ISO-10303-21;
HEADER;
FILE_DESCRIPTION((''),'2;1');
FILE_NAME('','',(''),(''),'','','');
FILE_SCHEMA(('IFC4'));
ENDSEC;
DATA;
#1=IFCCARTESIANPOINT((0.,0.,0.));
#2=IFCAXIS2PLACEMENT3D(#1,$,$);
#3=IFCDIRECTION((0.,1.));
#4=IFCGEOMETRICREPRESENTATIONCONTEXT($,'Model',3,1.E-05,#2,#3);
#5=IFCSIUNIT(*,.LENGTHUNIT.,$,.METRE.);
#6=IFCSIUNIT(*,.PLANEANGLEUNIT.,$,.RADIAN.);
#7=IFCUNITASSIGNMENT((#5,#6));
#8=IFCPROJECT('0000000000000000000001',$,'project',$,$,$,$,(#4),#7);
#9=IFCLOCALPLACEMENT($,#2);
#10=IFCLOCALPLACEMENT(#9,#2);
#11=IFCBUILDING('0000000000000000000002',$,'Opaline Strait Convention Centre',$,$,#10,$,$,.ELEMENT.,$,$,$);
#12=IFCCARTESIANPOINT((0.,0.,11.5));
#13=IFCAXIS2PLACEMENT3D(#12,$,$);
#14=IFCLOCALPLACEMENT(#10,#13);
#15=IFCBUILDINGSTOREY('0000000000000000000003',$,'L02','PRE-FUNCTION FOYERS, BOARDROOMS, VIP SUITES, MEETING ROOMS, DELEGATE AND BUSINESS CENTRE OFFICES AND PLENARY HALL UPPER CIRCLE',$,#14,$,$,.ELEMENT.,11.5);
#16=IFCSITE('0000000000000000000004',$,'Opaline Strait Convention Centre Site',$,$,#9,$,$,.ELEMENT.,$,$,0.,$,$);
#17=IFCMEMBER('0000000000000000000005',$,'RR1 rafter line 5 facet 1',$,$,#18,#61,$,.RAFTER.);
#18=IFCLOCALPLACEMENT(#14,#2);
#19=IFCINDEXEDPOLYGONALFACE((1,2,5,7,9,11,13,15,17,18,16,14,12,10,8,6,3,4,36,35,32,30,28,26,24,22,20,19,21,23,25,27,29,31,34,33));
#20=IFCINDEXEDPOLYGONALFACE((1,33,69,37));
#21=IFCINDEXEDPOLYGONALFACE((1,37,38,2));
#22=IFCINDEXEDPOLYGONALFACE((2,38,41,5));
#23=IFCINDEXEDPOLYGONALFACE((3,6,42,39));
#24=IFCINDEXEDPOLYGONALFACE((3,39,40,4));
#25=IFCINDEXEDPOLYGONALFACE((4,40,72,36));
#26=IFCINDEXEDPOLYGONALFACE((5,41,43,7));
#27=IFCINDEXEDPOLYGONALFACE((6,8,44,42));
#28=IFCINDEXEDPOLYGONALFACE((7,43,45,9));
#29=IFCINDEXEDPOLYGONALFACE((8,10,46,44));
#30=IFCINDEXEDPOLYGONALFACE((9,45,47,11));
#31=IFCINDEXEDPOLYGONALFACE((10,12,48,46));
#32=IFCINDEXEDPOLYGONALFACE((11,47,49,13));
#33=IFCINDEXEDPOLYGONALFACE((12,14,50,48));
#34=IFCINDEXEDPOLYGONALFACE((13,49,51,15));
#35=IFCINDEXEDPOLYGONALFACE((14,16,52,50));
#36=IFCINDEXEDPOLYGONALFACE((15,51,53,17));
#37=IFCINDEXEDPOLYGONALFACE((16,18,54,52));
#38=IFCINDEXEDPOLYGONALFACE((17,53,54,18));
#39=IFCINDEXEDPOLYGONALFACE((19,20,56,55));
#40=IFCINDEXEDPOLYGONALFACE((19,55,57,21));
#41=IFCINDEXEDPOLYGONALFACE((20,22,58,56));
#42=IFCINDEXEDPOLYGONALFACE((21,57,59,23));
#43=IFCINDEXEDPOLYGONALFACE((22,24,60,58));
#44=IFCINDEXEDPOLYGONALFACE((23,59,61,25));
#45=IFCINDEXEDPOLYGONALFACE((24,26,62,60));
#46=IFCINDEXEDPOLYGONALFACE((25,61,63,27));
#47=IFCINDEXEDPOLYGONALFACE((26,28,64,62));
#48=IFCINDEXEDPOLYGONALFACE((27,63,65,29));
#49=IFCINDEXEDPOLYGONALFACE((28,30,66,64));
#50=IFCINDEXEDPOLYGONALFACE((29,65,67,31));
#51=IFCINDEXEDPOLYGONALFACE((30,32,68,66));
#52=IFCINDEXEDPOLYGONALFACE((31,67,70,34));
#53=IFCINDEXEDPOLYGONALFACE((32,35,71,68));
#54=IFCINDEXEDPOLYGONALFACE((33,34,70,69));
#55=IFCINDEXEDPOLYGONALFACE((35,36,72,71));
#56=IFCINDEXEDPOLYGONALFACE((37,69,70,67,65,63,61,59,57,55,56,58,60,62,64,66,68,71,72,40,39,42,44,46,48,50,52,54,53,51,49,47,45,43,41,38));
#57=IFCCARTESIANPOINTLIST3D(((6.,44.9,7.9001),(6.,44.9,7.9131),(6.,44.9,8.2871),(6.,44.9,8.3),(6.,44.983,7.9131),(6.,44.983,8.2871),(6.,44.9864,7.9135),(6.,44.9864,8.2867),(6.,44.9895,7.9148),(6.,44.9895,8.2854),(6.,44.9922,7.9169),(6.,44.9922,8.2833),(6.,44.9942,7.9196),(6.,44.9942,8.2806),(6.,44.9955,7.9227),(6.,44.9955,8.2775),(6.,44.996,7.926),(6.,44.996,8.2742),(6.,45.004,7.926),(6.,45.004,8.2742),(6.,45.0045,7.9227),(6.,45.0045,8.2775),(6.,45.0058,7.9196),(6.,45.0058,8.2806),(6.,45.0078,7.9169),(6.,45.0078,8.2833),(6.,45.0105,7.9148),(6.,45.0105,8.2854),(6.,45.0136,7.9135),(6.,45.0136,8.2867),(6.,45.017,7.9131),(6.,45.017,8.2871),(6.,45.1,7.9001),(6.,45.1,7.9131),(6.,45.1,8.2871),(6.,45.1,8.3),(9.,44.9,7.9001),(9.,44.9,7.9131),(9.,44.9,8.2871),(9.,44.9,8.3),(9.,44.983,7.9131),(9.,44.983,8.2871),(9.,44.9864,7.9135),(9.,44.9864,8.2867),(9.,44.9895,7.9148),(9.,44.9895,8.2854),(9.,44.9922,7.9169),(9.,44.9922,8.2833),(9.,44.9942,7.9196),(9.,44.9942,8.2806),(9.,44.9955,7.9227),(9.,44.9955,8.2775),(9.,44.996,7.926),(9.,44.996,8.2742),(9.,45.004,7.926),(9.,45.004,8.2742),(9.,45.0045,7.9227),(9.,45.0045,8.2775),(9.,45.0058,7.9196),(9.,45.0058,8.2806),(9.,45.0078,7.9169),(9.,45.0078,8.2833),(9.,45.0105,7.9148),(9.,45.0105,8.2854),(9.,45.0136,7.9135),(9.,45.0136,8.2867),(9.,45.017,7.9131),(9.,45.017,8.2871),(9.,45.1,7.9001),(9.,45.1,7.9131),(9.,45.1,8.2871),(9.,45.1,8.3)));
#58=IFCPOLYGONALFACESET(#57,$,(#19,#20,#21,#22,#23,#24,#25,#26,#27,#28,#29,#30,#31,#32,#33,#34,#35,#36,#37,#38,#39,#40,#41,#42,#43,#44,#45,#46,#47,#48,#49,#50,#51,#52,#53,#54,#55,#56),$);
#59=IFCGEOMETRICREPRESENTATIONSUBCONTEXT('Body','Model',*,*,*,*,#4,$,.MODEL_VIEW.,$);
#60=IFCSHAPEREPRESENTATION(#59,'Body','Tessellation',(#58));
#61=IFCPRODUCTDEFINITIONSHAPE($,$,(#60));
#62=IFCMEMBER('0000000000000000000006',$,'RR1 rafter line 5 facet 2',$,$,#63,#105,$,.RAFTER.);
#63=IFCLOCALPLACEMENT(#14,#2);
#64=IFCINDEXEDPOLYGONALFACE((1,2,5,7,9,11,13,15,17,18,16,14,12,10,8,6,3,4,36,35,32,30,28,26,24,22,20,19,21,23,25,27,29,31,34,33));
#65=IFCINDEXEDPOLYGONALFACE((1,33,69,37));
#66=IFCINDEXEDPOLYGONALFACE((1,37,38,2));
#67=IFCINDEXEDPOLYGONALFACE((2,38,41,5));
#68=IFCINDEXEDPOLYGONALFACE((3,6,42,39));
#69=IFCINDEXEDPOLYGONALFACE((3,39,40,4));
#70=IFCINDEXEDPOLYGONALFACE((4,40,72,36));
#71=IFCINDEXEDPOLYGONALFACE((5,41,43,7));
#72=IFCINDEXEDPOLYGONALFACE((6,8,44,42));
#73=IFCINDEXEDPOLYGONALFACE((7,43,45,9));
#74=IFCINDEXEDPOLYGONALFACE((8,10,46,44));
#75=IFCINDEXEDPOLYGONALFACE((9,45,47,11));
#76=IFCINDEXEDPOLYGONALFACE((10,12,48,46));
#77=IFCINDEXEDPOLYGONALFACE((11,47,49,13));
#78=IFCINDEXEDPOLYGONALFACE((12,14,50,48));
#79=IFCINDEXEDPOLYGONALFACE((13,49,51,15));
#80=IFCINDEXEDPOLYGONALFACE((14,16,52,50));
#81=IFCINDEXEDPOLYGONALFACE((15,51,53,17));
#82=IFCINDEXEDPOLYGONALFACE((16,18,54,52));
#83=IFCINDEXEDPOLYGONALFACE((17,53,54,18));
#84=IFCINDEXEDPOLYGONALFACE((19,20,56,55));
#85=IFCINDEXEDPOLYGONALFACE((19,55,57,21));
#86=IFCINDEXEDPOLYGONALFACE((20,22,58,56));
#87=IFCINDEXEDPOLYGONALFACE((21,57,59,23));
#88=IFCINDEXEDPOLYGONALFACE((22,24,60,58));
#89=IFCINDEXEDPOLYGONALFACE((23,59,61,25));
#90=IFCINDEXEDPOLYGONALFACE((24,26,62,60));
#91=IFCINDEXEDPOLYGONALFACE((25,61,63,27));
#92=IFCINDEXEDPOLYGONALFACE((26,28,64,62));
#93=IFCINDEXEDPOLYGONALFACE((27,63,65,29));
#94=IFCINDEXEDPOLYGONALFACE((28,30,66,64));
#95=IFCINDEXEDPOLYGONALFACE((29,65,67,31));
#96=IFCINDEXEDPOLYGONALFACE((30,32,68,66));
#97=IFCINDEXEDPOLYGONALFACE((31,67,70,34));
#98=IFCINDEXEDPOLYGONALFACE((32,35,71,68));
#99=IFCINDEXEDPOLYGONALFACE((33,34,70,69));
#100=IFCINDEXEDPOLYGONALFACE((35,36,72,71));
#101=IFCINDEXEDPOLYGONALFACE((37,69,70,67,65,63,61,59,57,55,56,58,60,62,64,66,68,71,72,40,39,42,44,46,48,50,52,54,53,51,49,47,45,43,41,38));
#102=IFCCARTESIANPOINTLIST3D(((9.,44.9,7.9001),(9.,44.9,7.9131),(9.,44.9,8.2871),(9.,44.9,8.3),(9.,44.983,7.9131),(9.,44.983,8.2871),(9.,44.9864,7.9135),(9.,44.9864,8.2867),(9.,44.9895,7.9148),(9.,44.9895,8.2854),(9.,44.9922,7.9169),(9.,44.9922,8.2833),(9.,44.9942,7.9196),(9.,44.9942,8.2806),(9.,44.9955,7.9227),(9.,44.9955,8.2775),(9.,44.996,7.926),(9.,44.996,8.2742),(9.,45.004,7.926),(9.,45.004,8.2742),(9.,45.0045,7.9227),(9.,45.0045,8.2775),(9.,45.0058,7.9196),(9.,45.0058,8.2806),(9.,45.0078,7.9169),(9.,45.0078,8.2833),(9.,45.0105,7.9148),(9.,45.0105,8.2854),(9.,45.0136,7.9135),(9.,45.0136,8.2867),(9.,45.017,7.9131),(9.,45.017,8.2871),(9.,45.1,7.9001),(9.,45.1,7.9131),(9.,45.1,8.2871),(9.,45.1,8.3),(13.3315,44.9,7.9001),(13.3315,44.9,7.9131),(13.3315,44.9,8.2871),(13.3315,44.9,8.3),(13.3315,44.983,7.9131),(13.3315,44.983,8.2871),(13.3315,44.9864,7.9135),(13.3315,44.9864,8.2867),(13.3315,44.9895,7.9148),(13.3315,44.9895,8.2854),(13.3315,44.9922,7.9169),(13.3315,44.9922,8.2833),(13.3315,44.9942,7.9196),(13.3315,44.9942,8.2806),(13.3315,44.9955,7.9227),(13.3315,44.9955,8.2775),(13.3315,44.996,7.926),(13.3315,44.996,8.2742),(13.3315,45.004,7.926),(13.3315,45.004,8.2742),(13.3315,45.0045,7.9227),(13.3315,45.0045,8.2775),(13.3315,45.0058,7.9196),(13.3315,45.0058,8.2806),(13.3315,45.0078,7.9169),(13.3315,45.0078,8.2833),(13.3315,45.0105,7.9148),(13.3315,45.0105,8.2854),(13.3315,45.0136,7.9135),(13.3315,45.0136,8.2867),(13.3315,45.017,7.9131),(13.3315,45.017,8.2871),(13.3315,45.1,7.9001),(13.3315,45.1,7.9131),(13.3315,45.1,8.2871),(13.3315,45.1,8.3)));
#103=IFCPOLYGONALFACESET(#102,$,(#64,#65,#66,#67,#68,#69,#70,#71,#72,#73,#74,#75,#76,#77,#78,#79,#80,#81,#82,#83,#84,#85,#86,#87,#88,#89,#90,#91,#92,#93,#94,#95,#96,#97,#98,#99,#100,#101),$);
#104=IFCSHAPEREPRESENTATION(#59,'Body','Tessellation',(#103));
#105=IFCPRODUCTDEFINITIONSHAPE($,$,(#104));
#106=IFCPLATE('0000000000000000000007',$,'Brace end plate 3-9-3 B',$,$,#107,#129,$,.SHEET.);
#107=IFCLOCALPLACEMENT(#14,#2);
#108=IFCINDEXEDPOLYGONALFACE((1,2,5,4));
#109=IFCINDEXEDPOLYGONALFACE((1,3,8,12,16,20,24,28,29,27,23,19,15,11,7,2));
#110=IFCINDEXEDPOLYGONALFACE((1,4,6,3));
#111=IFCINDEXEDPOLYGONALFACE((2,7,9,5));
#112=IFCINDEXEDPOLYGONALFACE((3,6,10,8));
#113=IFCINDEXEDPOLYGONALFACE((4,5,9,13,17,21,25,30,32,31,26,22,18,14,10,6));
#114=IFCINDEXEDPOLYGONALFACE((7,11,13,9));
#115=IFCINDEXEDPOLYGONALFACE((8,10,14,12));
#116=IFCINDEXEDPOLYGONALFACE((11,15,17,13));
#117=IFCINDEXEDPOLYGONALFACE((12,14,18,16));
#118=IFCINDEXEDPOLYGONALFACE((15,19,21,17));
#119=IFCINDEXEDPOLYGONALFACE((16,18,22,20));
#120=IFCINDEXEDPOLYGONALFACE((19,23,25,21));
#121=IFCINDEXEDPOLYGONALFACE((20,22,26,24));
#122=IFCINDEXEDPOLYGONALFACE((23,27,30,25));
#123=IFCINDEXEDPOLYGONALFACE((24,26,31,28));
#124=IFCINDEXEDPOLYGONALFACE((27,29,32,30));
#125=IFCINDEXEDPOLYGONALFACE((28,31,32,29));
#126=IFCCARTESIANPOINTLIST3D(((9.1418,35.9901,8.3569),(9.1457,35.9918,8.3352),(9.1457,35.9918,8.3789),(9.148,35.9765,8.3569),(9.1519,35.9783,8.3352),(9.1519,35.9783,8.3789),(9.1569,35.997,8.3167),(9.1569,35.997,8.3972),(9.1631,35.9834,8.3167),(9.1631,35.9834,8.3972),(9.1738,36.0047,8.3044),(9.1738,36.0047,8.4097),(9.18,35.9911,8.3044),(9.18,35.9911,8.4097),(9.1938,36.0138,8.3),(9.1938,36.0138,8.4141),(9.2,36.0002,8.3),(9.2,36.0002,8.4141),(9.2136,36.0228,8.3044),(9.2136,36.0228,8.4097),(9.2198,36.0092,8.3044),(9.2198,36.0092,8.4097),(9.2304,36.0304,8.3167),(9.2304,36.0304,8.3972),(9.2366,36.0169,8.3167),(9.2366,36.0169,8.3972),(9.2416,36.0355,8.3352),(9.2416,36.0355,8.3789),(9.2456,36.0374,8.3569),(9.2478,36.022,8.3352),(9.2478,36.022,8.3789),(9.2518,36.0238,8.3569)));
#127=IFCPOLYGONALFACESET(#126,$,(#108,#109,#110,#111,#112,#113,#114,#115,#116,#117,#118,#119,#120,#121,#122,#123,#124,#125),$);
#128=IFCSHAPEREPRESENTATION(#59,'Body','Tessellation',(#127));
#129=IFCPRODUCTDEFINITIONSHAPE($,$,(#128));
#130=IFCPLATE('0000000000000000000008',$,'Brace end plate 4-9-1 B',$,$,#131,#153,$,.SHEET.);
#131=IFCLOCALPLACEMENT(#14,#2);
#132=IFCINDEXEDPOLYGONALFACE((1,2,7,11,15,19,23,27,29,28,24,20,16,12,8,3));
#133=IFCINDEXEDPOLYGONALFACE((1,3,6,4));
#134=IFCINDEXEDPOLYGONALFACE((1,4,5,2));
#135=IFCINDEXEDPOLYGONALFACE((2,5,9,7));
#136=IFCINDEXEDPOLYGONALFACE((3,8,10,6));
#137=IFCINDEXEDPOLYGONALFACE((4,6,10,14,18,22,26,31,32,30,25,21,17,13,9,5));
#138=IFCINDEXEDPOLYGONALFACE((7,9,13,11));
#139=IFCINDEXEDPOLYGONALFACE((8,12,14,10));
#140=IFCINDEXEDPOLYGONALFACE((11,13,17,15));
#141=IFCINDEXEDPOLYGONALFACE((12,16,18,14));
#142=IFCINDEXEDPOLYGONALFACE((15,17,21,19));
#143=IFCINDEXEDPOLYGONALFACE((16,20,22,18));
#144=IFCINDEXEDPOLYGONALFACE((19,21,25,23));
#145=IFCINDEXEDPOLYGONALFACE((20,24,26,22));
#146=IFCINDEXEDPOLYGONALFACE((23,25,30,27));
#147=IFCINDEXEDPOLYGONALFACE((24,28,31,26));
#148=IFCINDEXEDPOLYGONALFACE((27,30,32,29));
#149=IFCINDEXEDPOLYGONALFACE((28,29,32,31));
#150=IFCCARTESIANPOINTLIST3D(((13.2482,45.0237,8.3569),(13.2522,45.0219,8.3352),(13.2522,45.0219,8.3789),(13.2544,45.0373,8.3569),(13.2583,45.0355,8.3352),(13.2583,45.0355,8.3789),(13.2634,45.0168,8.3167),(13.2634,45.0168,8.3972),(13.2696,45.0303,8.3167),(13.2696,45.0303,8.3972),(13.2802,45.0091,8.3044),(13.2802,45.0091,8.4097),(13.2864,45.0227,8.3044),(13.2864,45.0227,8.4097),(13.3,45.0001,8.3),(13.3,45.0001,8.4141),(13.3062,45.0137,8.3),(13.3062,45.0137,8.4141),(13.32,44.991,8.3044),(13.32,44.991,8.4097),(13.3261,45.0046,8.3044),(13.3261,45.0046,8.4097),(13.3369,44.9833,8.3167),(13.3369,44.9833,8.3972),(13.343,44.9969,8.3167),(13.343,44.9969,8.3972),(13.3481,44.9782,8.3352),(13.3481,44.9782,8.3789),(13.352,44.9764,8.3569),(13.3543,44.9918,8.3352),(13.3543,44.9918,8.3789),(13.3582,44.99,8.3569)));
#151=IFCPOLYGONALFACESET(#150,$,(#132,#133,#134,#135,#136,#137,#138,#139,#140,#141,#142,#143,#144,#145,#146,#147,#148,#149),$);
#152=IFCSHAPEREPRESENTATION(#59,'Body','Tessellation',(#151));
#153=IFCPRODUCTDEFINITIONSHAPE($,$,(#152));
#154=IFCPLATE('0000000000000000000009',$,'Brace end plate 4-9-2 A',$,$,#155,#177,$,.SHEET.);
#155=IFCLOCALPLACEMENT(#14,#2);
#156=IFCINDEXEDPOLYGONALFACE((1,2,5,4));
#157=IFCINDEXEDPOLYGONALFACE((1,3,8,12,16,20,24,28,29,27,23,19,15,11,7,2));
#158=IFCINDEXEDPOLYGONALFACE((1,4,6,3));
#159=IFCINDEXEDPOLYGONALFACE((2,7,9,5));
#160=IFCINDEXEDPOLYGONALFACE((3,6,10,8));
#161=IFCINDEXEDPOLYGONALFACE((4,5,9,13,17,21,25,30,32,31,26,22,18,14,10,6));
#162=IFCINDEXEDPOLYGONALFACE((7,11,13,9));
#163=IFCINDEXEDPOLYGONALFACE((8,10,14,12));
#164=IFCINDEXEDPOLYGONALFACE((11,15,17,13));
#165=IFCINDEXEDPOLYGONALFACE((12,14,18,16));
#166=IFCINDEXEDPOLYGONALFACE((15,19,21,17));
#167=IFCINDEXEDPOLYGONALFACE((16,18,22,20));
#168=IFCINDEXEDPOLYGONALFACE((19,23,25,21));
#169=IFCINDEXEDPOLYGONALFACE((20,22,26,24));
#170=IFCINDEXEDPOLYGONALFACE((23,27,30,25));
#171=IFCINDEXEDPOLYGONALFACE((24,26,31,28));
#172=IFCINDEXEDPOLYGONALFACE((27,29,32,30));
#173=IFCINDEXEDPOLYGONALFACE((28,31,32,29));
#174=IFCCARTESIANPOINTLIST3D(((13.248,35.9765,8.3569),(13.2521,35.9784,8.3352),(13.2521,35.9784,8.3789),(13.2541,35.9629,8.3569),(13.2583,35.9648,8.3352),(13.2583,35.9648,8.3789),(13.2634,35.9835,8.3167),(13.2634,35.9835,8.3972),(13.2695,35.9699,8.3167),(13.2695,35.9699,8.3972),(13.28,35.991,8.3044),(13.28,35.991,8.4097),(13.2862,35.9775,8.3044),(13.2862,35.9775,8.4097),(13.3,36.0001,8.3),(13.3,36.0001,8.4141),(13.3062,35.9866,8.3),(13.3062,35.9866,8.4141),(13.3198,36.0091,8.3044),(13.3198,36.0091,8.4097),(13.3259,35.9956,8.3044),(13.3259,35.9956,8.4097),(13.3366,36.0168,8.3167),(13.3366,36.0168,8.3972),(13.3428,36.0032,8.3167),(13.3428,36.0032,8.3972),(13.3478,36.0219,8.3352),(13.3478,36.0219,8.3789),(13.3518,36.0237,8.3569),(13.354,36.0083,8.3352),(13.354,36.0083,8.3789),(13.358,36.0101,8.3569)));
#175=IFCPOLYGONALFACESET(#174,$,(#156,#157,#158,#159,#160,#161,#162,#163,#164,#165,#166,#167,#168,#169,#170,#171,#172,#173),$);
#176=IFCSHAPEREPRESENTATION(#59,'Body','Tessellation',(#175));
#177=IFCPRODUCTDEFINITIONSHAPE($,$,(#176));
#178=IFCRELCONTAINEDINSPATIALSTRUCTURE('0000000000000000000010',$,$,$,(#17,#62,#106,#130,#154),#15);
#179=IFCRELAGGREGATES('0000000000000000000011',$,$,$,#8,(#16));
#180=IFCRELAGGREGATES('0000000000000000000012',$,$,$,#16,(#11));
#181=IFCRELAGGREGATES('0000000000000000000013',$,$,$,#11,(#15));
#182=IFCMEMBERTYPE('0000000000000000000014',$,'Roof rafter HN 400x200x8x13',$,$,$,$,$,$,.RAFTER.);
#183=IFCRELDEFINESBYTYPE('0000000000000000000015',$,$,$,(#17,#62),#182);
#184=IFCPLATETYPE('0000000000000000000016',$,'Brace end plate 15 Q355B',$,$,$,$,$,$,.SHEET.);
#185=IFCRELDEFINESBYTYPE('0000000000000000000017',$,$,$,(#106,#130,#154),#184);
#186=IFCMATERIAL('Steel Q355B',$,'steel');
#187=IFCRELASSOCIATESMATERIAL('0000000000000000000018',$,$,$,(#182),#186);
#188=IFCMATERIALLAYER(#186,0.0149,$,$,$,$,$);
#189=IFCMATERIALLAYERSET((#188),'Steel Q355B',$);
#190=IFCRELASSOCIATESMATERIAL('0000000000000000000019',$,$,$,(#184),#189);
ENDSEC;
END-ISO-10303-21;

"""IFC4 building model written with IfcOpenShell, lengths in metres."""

from ifc_helpers import new_model, si_unit, direction, frame, origin, origin_2d, place, context, subcontext, project, spatial, polyline, i_section, outline, extrude, material, layer, layer_set, material_profile, profile_set, type_object, element, save


model = new_model("IFC4")

# Units and contexts
model_context = context("Model", 3, precision=1e-05, world=origin(), true_north=direction((0.0, 1.0)))
body_context = subcontext(model_context, "Body", "Model", "MODEL_VIEW")
ifc_project = project(units=[si_unit("LENGTHUNIT", "METRE"), si_unit("PLANEANGLEUNIT", "RADIAN")], contexts=[model_context])

# Site, building, storey
site_placement = place(None, origin())
site = spatial("IfcSite", under=ifc_project, at=site_placement, Name="Opaline Strait Convention Centre Site", CompositionType="ELEMENT", RefElevation=0.0)
building_placement = place(site_placement, origin())
building = spatial("IfcBuilding", under=site, at=building_placement, Name="Opaline Strait Convention Centre", CompositionType="ELEMENT")
storey_placement = place(building_placement, frame((0.0, 0.0, 11.5)))
storey = spatial("IfcBuildingStorey", under=building, at=storey_placement, Name="L02", Description="PRE-FUNCTION FOYERS, BOARDROOMS, VIP SUITES, MEETING ROOMS, DELEGATE AND BUSINESS CENTRE OFFICES AND PLENARY HALL UPPER CIRCLE", CompositionType="ELEMENT", Elevation=11.5)

# Shared definitions
ifc_material_1 = material(Name="Steel Q355B", Category="steel")

# Members
ifc_material_profile_1 = material_profile(ifc_material_1, i_section(OverallWidth=0.2, OverallDepth=0.3999, WebThickness=0.0081, FlangeThickness=0.0129, FilletRadius=0.0129, at=origin_2d()), Name="HN 400x200x8x13")
ifc_profile_set_1 = profile_set([ifc_material_profile_1], Name="Steel Q355B")
member_type_1 = type_object("IfcMemberType", Name="Roof rafter HN 400x200x8x13", PredefinedType="RAFTER", material=ifc_profile_set_1)
member_1_placement = place(storey_placement, frame((6.0, 45.0, 8.1001), z_axis=(1.0, 0.0, 0.0), x_axis=(0.0, 1.0, 0.0)))
element("IfcMember", 1, at=member_1_placement, inside=storey, type_object=member_type_1, Name="RR1 rafter line 5 facet 1", PredefinedType="RAFTER", context=body_context, shape_type="SweptSolid", body=[
    extrude(i_section(OverallWidth=0.2, OverallDepth=0.3999, WebThickness=0.0081, FlangeThickness=0.0129, FilletRadius=0.0129, at=origin_2d()), origin(), (0.0, 0.0, 1.0), 3.0),
])
member_2_placement = place(storey_placement, frame((9.0, 45.0, 8.1001), z_axis=(1.0, 0.0, 0.0), x_axis=(0.0, 1.0, 0.0)))
element("IfcMember", 2, at=member_2_placement, inside=storey, type_object=member_type_1, Name="RR1 rafter line 5 facet 2", PredefinedType="RAFTER", context=body_context, shape_type="SweptSolid", body=[
    extrude(i_section(OverallWidth=0.2, OverallDepth=0.3999, WebThickness=0.0081, FlangeThickness=0.0129, FilletRadius=0.0129, at=origin_2d()), origin(), (0.0, 0.0, 1.0), 4.3315),
])

# Plates
ifc_layer_1 = layer(ifc_material_1, 0.0149)
ifc_layer_set_1 = layer_set([ifc_layer_1], Name="Steel Q355B")
plate_type = type_object("IfcPlateType", Name="Brace end plate 15 Q355B", PredefinedType="SHEET", material=ifc_layer_set_1)
plate_1_placement = place(storey_placement, frame((9.2456, 36.0374, 8.3569), z_axis=(-0.414547, 0.910028, 0.0), x_axis=(-0.179212, -0.081637, -0.980418)))
element("IfcPlate", 3, at=plate_1_placement, inside=storey, type_object=plate_type, Name="Brace end plate 3-9-3 B", PredefinedType="SHEET", context=body_context, shape_type="SweptSolid", body=[
    extrude(outline(polyline([(0.0, 0.0), (0.0222, 0.0), (0.0428, 0.0084), (0.0584, 0.0242), (0.067, 0.0446), (0.067, 0.067), (0.0587, 0.0876), (0.0429, 0.1034), (0.0225, 0.1118), (0.0001, 0.112), (-0.0203, 0.1035), (-0.0362, 0.0877), (-0.0448, 0.0671), (-0.0448, 0.0449), (-0.0362, 0.0243), (-0.0207, 0.0086), (0.0, 0.0)])), origin(), (0.0, 0.0, -1.0), 0.0149),
])
plate_2_placement = place(storey_placement, frame((13.3582, 44.99, 8.3569), z_axis=(0.414547, 0.910028, 0.0), x_axis=(-0.175212, 0.079815, -0.98129)))
element("IfcPlate", 4, at=plate_2_placement, inside=storey, type_object=plate_type, Name="Brace end plate 4-9-1 B", PredefinedType="SHEET", context=body_context, shape_type="SweptSolid", body=[
    extrude(outline(polyline([(0.0, 0.0), (0.0221, 0.0), (0.0427, 0.0085), (0.0583, 0.0244), (0.0668, 0.0451), (0.0667, 0.0673), (0.0583, 0.0878), (0.0424, 0.1035), (0.022, 0.1119), (-0.0004, 0.1119), (-0.0208, 0.1033), (-0.0366, 0.0876), (-0.0451, 0.0671), (-0.045, 0.0447), (-0.0363, 0.0241), (-0.0207, 0.0084), (0.0, 0.0)])), origin(), (0.0, 0.0, -1.0), 0.0149),
])
plate_3_placement = place(storey_placement, frame((13.3518, 36.0237, 8.3569), z_axis=(-0.413759, 0.910386, 0.0), x_axis=(-0.179277, -0.081479, -0.980419)))
element("IfcPlate", 5, at=plate_3_placement, inside=storey, type_object=plate_type, Name="Brace end plate 4-9-2 A", PredefinedType="SHEET", context=body_context, shape_type="SweptSolid", body=[
    extrude(outline(polyline([(0.0, 0.0), (0.0222, 0.0), (0.0428, 0.0084), (0.0584, 0.0242), (0.067, 0.0446), (0.067, 0.067), (0.0586, 0.0873), (0.0429, 0.103), (0.0225, 0.1118), (0.0, 0.1117), (-0.0204, 0.1032), (-0.0362, 0.0877), (-0.0448, 0.0671), (-0.0448, 0.0449), (-0.0362, 0.0243), (-0.0207, 0.0086), (0.0, 0.0)])), origin(), (0.0, 0.0, -1.0), 0.0149),
])

save(model, "model.ifc")
